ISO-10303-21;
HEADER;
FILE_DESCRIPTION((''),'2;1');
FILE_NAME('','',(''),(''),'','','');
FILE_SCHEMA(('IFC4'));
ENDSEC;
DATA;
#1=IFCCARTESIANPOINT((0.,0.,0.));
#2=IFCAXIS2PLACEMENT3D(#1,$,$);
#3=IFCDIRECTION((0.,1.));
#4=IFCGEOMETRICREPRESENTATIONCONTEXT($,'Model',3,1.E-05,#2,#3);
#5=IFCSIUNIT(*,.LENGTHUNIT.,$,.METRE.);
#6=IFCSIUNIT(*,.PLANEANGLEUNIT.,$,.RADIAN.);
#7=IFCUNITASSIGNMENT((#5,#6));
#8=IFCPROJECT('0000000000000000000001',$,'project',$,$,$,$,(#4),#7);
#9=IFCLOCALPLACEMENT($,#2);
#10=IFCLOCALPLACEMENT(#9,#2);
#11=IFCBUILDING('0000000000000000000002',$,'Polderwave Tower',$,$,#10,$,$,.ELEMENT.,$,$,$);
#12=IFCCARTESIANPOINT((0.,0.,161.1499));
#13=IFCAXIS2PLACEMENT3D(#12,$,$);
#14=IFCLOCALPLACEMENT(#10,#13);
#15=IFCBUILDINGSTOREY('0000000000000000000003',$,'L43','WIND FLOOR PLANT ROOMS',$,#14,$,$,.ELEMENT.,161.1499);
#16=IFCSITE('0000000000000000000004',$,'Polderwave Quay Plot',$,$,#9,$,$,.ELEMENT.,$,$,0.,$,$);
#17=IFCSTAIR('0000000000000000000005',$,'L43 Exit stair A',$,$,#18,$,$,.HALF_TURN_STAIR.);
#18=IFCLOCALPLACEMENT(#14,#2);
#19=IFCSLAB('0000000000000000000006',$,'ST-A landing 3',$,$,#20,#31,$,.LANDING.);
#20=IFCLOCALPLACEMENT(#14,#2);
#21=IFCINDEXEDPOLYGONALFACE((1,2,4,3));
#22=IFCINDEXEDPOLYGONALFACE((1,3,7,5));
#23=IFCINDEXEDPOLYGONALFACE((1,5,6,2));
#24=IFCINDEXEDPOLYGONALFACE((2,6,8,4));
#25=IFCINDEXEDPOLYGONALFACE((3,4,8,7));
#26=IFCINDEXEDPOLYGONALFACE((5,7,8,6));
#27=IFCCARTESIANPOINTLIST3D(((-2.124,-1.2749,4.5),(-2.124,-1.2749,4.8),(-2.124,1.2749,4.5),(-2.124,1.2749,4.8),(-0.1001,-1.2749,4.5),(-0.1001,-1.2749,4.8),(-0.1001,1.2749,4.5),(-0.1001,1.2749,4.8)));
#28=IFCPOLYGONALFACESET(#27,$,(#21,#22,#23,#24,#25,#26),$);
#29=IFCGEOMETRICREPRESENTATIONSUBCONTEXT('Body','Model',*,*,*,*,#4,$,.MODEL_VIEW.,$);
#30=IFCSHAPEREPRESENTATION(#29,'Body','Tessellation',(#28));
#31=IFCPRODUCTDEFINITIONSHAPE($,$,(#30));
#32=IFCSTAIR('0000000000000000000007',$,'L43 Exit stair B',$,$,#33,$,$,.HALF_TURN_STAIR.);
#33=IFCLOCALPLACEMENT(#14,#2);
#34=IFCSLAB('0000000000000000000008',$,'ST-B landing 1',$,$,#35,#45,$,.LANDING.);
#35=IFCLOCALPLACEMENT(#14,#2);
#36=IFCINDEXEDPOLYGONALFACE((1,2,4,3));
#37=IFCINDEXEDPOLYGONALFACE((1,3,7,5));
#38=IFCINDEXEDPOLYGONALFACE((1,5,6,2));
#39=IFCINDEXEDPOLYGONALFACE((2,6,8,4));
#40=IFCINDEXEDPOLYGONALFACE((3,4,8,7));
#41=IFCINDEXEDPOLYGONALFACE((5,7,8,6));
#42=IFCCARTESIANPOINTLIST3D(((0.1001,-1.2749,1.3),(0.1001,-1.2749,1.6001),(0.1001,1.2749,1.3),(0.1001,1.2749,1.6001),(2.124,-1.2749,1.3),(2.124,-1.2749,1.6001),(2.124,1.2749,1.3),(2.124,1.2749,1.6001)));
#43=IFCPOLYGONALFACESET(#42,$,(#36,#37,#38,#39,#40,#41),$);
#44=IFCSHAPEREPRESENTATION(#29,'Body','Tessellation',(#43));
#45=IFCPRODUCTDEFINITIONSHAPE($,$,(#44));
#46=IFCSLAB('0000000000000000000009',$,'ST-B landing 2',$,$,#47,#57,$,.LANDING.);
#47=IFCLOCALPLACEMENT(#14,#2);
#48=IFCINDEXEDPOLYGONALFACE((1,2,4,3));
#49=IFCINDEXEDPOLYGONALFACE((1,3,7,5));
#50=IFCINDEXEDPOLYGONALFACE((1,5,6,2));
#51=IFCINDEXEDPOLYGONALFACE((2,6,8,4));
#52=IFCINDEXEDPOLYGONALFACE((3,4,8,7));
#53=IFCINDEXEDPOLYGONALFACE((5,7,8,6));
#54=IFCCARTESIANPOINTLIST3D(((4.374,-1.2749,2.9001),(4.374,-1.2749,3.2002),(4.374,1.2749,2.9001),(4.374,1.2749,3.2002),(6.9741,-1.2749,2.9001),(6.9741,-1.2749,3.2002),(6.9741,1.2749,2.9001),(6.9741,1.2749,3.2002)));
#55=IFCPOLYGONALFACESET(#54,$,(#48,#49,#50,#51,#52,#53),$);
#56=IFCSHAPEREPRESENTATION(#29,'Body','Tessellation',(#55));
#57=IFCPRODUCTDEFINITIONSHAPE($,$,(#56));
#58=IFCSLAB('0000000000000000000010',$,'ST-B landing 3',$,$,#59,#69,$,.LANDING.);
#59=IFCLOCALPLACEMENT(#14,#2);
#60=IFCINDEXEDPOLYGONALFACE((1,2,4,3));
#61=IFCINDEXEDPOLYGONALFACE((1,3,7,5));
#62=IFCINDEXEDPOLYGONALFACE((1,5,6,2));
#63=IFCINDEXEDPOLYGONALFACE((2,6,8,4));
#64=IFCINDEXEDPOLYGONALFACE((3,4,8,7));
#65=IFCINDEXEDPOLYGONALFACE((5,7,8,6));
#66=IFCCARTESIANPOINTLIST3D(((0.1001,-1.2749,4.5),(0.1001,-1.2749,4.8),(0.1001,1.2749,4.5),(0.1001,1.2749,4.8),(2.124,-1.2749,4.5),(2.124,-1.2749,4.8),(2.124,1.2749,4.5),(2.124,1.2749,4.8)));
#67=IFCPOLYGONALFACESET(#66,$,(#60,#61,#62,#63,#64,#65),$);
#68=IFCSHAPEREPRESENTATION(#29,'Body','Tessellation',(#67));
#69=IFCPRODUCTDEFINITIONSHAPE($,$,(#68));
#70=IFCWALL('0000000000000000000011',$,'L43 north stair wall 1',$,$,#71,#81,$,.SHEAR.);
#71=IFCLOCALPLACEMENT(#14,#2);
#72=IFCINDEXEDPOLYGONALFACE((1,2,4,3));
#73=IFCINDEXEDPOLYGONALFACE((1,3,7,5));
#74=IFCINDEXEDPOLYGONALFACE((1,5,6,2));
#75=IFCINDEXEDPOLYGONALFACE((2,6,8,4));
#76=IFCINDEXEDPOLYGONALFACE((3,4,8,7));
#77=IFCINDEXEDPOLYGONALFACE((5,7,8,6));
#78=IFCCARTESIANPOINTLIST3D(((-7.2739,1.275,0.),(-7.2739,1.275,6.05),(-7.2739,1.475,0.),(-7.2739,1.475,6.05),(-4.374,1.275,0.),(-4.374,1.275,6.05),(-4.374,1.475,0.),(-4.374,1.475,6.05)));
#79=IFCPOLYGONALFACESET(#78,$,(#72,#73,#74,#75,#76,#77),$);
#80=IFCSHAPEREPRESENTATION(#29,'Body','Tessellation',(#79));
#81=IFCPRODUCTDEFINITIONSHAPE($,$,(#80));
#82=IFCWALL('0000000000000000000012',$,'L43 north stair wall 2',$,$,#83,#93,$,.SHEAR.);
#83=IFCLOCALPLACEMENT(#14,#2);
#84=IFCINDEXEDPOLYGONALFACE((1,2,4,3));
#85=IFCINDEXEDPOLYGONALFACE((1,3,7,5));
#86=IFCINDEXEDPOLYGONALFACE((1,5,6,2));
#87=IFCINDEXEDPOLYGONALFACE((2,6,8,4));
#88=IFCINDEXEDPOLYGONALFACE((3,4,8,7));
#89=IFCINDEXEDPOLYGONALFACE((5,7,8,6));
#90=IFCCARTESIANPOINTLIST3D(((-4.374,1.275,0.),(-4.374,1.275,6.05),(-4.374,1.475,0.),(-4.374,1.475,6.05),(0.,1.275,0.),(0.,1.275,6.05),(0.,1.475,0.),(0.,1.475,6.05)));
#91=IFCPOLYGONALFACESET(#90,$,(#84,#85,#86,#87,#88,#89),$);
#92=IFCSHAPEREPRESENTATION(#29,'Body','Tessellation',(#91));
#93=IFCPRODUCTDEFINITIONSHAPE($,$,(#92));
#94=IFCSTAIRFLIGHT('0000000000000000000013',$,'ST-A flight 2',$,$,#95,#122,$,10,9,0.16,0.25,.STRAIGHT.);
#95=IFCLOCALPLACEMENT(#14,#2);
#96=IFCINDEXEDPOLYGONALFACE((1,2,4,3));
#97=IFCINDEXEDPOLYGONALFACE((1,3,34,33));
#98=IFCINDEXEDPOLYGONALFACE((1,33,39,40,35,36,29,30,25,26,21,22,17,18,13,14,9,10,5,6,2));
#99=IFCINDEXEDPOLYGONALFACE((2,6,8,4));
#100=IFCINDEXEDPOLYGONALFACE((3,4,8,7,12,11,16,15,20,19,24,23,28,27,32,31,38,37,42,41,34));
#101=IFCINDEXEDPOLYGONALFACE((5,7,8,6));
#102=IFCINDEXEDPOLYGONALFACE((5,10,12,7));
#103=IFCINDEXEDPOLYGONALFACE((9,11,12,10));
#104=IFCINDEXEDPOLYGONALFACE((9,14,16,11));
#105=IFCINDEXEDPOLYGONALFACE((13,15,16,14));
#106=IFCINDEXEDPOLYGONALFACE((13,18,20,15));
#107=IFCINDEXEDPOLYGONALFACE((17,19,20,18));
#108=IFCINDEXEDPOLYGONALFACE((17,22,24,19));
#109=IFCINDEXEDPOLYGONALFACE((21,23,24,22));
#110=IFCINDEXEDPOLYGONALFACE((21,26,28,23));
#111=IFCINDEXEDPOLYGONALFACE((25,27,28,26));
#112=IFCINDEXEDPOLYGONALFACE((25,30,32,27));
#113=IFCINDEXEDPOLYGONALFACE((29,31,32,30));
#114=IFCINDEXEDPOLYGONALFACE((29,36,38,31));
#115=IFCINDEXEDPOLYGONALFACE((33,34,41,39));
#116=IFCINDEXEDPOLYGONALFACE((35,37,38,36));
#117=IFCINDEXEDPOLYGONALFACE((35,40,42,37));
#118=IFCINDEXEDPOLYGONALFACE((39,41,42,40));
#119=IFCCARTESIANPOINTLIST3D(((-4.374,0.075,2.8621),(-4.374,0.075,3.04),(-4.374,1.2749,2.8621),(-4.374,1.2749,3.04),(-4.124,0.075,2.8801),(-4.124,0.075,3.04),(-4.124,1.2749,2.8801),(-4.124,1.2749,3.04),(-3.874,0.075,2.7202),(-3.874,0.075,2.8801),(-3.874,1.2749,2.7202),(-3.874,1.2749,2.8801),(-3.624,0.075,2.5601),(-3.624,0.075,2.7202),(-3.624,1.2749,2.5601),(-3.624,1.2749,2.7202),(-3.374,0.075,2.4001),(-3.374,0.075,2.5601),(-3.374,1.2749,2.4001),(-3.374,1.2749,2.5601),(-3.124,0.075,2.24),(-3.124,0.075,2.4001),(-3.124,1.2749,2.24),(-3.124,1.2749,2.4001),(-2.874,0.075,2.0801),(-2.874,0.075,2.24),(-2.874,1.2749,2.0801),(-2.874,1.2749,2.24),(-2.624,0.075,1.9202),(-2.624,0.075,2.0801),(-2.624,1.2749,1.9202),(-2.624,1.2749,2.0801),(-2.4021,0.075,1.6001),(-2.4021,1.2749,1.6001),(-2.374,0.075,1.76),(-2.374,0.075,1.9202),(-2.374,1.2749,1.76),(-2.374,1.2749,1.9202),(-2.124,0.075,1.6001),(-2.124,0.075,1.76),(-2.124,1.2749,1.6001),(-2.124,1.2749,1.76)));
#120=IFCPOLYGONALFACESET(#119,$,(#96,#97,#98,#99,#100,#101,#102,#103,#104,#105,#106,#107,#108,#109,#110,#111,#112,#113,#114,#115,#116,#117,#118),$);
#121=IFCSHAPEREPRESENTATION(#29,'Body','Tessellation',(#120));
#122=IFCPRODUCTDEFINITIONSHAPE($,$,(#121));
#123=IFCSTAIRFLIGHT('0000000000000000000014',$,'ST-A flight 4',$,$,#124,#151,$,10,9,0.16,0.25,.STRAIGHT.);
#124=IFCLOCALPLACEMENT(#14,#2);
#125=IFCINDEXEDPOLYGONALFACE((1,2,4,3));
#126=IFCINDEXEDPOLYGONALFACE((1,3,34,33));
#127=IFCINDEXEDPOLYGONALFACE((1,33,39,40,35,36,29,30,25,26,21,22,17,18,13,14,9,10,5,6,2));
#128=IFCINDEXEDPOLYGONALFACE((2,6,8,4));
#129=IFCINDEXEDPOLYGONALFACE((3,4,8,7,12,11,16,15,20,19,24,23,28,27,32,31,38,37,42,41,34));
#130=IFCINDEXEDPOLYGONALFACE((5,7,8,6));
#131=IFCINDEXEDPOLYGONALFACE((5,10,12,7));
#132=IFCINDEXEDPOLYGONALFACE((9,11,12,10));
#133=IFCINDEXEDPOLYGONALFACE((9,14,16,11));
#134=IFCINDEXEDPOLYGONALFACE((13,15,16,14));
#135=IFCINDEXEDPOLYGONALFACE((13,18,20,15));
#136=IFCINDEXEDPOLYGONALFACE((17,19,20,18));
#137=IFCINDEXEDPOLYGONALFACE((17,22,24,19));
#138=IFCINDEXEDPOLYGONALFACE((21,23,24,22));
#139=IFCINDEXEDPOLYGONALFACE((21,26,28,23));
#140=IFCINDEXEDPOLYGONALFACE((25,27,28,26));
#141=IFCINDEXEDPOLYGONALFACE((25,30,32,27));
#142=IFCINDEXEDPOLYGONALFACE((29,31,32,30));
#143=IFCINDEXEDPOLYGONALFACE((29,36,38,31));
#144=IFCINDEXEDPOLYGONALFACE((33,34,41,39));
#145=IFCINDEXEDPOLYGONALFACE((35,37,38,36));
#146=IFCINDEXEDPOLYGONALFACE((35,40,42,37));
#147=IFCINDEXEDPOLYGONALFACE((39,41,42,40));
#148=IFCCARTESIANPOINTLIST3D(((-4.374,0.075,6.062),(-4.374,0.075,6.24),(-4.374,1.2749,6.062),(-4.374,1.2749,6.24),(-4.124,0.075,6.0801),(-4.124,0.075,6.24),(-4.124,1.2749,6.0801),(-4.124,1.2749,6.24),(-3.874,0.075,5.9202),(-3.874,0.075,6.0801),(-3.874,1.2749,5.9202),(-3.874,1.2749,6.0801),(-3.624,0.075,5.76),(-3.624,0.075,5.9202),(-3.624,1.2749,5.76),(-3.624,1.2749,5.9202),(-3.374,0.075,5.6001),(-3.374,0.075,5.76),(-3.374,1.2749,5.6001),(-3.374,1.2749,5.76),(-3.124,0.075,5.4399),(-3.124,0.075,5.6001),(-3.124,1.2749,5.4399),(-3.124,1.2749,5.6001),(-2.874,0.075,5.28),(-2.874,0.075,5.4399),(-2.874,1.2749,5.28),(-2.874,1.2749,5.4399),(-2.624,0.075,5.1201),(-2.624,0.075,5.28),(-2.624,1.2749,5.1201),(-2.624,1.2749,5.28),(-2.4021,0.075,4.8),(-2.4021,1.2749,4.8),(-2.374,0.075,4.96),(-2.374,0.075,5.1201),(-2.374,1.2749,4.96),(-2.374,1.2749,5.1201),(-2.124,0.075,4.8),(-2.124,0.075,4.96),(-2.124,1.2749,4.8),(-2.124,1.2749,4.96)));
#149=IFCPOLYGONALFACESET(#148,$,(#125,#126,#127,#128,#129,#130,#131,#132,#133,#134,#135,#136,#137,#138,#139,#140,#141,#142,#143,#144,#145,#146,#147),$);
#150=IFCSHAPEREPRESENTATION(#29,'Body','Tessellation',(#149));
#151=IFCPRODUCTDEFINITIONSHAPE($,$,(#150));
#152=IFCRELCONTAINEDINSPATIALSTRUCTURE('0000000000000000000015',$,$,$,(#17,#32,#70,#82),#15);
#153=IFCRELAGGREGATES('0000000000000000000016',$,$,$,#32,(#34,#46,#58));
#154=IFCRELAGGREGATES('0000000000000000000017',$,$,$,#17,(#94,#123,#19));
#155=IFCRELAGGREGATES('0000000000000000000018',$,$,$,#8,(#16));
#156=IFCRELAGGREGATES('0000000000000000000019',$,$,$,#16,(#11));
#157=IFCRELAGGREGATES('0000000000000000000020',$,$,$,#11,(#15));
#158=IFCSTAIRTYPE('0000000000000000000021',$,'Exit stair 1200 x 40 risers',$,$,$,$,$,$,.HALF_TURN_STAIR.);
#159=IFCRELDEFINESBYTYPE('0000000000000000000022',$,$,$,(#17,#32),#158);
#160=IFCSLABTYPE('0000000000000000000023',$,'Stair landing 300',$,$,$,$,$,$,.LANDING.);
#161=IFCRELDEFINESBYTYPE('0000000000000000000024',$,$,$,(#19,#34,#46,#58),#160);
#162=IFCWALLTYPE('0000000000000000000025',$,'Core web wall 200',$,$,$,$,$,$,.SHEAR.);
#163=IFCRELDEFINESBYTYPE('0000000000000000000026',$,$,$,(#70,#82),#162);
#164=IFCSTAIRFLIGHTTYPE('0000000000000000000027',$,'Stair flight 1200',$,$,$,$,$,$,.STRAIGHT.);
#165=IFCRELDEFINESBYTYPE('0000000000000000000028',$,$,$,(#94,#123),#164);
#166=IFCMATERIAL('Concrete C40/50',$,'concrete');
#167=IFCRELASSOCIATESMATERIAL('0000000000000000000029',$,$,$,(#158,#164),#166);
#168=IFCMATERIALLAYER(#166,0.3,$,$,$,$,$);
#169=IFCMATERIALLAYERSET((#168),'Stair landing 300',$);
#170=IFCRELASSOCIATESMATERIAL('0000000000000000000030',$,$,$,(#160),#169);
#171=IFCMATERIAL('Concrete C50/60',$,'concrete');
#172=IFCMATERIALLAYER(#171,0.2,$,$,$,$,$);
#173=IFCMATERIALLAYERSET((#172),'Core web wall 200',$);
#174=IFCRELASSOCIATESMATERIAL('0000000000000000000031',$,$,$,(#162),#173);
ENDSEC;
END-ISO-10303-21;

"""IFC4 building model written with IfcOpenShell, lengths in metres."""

from ifc_helpers import new_model, si_unit, direction, frame, frame_2d, origin, place, context, subcontext, project, spatial, polyline, rectangle, outline, extrude, material, layer, layer_set, type_object, element, aggregate, save


model = new_model("IFC4")

# Units and contexts
model_context = context("Model", 3, precision=1e-05, world=origin(), true_north=direction((0.0, 1.0)))
body_context = subcontext(model_context, "Body", "Model", "MODEL_VIEW")
ifc_project = project(units=[si_unit("LENGTHUNIT", "METRE"), si_unit("PLANEANGLEUNIT", "RADIAN")], contexts=[model_context])

# Site, building, storey
site_placement = place(None, origin())
site = spatial("IfcSite", under=ifc_project, at=site_placement, Name="Polderwave Quay Plot", CompositionType="ELEMENT", RefElevation=0.0)
building_placement = place(site_placement, origin())
building = spatial("IfcBuilding", under=site, at=building_placement, Name="Polderwave Tower", CompositionType="ELEMENT")
storey_placement = place(building_placement, frame((0.0, 0.0, 161.1499)))
storey = spatial("IfcBuildingStorey", under=building, at=storey_placement, Name="L43", Description="WIND FLOOR PLANT ROOMS", CompositionType="ELEMENT", Elevation=161.1499)

# Shared definitions
ifc_material_1 = material(Name="Concrete C40/50", Category="concrete")

# Stairs, slabs
stair_type = type_object("IfcStairType", Name="Exit stair 1200 x 40 risers", PredefinedType="HALF_TURN_STAIR", material=ifc_material_1)
stair_1_placement = place(storey_placement, origin())
stair_1 = element("IfcStair", 1, at=stair_1_placement, inside=storey, type_object=stair_type, Name="L43 Exit stair A", PredefinedType="HALF_TURN_STAIR")
ifc_layer_1 = layer(ifc_material_1, 0.3)
ifc_layer_set_1 = layer_set([ifc_layer_1], Name="Stair landing 300")
slab_type_1 = type_object("IfcSlabType", Name="Stair landing 300", PredefinedType="LANDING", material=ifc_layer_set_1)
slab_1_placement = place(storey_placement, frame((0.0, 0.0, 4.5)))
slab_1 = element("IfcSlab", 2, at=slab_1_placement, type_object=slab_type_1, Name="ST-A landing 3", PredefinedType="LANDING", context=body_context, shape_type="SweptSolid", body=[
    extrude(outline(polyline([(-2.124, -1.2749), (-0.1001, -1.2749), (-0.1001, 1.2749), (-2.124, 1.2749), (-2.124, -1.2749)])), origin(), (0.0, 0.0, 1.0), 0.3),
])
stair_2_placement = place(storey_placement, origin())
stair_2 = element("IfcStair", 3, at=stair_2_placement, inside=storey, type_object=stair_type, Name="L43 Exit stair B", PredefinedType="HALF_TURN_STAIR")
slab_2_placement = place(storey_placement, frame((0.0, 0.0, 1.3)))
slab_2 = element("IfcSlab", 4, at=slab_2_placement, type_object=slab_type_1, Name="ST-B landing 1", PredefinedType="LANDING", context=body_context, shape_type="SweptSolid", body=[
    extrude(outline(polyline([(2.124, 1.2749), (0.1001, 1.2749), (0.1001, -1.2749), (2.124, -1.2749), (2.124, 1.2749)])), origin(), (0.0, 0.0, 1.0), 0.3),
])
slab_3_placement = place(storey_placement, frame((0.0, 0.0, 2.9001)))
slab_3 = element("IfcSlab", 5, at=slab_3_placement, type_object=slab_type_1, Name="ST-B landing 2", PredefinedType="LANDING", context=body_context, shape_type="SweptSolid", body=[
    extrude(outline(polyline([(6.9741, 1.2749), (4.374, 1.2749), (4.374, -1.2749), (6.9741, -1.2749), (6.9741, 1.2749)])), origin(), (0.0, 0.0, 1.0), 0.3),
])
slab_4_placement = place(storey_placement, frame((0.0, 0.0, 4.5)))
slab_4 = element("IfcSlab", 6, at=slab_4_placement, type_object=slab_type_1, Name="ST-B landing 3", PredefinedType="LANDING", context=body_context, shape_type="SweptSolid", body=[
    extrude(outline(polyline([(2.124, 1.2749), (0.1001, 1.2749), (0.1001, -1.2749), (2.124, -1.2749), (2.124, 1.2749)])), origin(), (0.0, 0.0, 1.0), 0.3),
])
aggregate(stair_2, [slab_2, slab_3, slab_4])

# Walls
ifc_material_2 = material(Name="Concrete C50/60", Category="concrete")
ifc_layer_2 = layer(ifc_material_2, 0.2)
ifc_layer_set_2 = layer_set([ifc_layer_2], Name="Core web wall 200")
wall_type = type_object("IfcWallType", Name="Core web wall 200", PredefinedType="SHEAR", material=ifc_layer_set_2)
wall_1_placement = place(storey_placement, frame((-7.2739, 1.375, 0.0), z_axis=(0.0, 0.0, 1.0), x_axis=(1.0, 0.0, 0.0)))
element("IfcWall", 7, at=wall_1_placement, inside=storey, type_object=wall_type, Name="L43 north stair wall 1", PredefinedType="SHEAR", context=body_context, shape_type="SweptSolid", body=[
    extrude(rectangle(XDim=2.8999, YDim=0.2, at=frame_2d((1.45, 0.0))), origin(), (0.0, 0.0, 1.0), 6.05),
])
wall_2_placement = place(storey_placement, frame((-4.374, 1.375, 0.0), z_axis=(0.0, 0.0, 1.0), x_axis=(1.0, 0.0, 0.0)))
element("IfcWall", 8, at=wall_2_placement, inside=storey, type_object=wall_type, Name="L43 north stair wall 2", PredefinedType="SHEAR", context=body_context, shape_type="SweptSolid", body=[
    extrude(rectangle(XDim=4.374, YDim=0.2, at=frame_2d((2.187, 0.0))), origin(), (0.0, 0.0, 1.0), 6.05),
])

# Stair flights
stair_flight_type = type_object("IfcStairFlightType", Name="Stair flight 1200", PredefinedType="STRAIGHT", material=ifc_material_1)
stair_flight_1_placement = place(storey_placement, frame((-2.124, 0.675, 1.6001), z_axis=(0.0, 0.0, 1.0), x_axis=(-1.0, 0.0, 0.0)))
stair_flight_1 = element("IfcStairFlight", 9, at=stair_flight_1_placement, type_object=stair_flight_type, Name="ST-A flight 2", NumberOfRisers=10, NumberOfTreads=9, PredefinedType="STRAIGHT", RiserHeight=0.16, TreadLength=0.25, context=body_context, shape_type="SweptSolid", body=[
    extrude(outline(polyline([(0.0, 0.0), (0.0, 0.1599), (0.25, 0.1599), (0.25, 0.3201), (0.5, 0.3201), (0.5, 0.48), (0.75, 0.48), (0.75, 0.6399), (1.0, 0.6399), (1.0, 0.8), (1.25, 0.8), (1.25, 0.96), (1.5, 0.96), (1.5, 1.1201), (1.75, 1.1201), (1.75, 1.28), (2.0, 1.28), (2.0, 1.4399), (2.25, 1.4399), (2.25, 1.6001), (2.25, 1.262), (0.2781, 0.0), (0.0, 0.0)])), frame((0.0, 0.6001, 0.0), z_axis=(0.0, -1.0, 0.0), x_axis=(1.0, 0.0, 0.0)), (0.0, 0.0, 1.0), 1.2),
])
stair_flight_2_placement = place(storey_placement, frame((-2.124, 0.675, 4.8), z_axis=(0.0, 0.0, 1.0), x_axis=(-1.0, 0.0, 0.0)))
stair_flight_2 = element("IfcStairFlight", 10, at=stair_flight_2_placement, type_object=stair_flight_type, Name="ST-A flight 4", NumberOfRisers=10, NumberOfTreads=9, PredefinedType="STRAIGHT", RiserHeight=0.16, TreadLength=0.25, context=body_context, shape_type="SweptSolid", body=[
    extrude(outline(polyline([(0.0, 0.0), (0.0, 0.1599), (0.25, 0.1599), (0.25, 0.3201), (0.5, 0.3201), (0.5, 0.48), (0.75, 0.48), (0.75, 0.6399), (1.0, 0.6399), (1.0, 0.8), (1.25, 0.8), (1.25, 0.96), (1.5, 0.96), (1.5, 1.1201), (1.75, 1.1201), (1.75, 1.28), (2.0, 1.28), (2.0, 1.4399), (2.25, 1.4399), (2.25, 1.6001), (2.25, 1.262), (0.2781, 0.0), (0.0, 0.0)])), frame((0.0, 0.6001, 0.0), z_axis=(0.0, -1.0, 0.0), x_axis=(1.0, 0.0, 0.0)), (0.0, 0.0, 1.0), 1.2),
])
aggregate(stair_1, [stair_flight_1, stair_flight_2, slab_1])

save(model, "model.ifc")
